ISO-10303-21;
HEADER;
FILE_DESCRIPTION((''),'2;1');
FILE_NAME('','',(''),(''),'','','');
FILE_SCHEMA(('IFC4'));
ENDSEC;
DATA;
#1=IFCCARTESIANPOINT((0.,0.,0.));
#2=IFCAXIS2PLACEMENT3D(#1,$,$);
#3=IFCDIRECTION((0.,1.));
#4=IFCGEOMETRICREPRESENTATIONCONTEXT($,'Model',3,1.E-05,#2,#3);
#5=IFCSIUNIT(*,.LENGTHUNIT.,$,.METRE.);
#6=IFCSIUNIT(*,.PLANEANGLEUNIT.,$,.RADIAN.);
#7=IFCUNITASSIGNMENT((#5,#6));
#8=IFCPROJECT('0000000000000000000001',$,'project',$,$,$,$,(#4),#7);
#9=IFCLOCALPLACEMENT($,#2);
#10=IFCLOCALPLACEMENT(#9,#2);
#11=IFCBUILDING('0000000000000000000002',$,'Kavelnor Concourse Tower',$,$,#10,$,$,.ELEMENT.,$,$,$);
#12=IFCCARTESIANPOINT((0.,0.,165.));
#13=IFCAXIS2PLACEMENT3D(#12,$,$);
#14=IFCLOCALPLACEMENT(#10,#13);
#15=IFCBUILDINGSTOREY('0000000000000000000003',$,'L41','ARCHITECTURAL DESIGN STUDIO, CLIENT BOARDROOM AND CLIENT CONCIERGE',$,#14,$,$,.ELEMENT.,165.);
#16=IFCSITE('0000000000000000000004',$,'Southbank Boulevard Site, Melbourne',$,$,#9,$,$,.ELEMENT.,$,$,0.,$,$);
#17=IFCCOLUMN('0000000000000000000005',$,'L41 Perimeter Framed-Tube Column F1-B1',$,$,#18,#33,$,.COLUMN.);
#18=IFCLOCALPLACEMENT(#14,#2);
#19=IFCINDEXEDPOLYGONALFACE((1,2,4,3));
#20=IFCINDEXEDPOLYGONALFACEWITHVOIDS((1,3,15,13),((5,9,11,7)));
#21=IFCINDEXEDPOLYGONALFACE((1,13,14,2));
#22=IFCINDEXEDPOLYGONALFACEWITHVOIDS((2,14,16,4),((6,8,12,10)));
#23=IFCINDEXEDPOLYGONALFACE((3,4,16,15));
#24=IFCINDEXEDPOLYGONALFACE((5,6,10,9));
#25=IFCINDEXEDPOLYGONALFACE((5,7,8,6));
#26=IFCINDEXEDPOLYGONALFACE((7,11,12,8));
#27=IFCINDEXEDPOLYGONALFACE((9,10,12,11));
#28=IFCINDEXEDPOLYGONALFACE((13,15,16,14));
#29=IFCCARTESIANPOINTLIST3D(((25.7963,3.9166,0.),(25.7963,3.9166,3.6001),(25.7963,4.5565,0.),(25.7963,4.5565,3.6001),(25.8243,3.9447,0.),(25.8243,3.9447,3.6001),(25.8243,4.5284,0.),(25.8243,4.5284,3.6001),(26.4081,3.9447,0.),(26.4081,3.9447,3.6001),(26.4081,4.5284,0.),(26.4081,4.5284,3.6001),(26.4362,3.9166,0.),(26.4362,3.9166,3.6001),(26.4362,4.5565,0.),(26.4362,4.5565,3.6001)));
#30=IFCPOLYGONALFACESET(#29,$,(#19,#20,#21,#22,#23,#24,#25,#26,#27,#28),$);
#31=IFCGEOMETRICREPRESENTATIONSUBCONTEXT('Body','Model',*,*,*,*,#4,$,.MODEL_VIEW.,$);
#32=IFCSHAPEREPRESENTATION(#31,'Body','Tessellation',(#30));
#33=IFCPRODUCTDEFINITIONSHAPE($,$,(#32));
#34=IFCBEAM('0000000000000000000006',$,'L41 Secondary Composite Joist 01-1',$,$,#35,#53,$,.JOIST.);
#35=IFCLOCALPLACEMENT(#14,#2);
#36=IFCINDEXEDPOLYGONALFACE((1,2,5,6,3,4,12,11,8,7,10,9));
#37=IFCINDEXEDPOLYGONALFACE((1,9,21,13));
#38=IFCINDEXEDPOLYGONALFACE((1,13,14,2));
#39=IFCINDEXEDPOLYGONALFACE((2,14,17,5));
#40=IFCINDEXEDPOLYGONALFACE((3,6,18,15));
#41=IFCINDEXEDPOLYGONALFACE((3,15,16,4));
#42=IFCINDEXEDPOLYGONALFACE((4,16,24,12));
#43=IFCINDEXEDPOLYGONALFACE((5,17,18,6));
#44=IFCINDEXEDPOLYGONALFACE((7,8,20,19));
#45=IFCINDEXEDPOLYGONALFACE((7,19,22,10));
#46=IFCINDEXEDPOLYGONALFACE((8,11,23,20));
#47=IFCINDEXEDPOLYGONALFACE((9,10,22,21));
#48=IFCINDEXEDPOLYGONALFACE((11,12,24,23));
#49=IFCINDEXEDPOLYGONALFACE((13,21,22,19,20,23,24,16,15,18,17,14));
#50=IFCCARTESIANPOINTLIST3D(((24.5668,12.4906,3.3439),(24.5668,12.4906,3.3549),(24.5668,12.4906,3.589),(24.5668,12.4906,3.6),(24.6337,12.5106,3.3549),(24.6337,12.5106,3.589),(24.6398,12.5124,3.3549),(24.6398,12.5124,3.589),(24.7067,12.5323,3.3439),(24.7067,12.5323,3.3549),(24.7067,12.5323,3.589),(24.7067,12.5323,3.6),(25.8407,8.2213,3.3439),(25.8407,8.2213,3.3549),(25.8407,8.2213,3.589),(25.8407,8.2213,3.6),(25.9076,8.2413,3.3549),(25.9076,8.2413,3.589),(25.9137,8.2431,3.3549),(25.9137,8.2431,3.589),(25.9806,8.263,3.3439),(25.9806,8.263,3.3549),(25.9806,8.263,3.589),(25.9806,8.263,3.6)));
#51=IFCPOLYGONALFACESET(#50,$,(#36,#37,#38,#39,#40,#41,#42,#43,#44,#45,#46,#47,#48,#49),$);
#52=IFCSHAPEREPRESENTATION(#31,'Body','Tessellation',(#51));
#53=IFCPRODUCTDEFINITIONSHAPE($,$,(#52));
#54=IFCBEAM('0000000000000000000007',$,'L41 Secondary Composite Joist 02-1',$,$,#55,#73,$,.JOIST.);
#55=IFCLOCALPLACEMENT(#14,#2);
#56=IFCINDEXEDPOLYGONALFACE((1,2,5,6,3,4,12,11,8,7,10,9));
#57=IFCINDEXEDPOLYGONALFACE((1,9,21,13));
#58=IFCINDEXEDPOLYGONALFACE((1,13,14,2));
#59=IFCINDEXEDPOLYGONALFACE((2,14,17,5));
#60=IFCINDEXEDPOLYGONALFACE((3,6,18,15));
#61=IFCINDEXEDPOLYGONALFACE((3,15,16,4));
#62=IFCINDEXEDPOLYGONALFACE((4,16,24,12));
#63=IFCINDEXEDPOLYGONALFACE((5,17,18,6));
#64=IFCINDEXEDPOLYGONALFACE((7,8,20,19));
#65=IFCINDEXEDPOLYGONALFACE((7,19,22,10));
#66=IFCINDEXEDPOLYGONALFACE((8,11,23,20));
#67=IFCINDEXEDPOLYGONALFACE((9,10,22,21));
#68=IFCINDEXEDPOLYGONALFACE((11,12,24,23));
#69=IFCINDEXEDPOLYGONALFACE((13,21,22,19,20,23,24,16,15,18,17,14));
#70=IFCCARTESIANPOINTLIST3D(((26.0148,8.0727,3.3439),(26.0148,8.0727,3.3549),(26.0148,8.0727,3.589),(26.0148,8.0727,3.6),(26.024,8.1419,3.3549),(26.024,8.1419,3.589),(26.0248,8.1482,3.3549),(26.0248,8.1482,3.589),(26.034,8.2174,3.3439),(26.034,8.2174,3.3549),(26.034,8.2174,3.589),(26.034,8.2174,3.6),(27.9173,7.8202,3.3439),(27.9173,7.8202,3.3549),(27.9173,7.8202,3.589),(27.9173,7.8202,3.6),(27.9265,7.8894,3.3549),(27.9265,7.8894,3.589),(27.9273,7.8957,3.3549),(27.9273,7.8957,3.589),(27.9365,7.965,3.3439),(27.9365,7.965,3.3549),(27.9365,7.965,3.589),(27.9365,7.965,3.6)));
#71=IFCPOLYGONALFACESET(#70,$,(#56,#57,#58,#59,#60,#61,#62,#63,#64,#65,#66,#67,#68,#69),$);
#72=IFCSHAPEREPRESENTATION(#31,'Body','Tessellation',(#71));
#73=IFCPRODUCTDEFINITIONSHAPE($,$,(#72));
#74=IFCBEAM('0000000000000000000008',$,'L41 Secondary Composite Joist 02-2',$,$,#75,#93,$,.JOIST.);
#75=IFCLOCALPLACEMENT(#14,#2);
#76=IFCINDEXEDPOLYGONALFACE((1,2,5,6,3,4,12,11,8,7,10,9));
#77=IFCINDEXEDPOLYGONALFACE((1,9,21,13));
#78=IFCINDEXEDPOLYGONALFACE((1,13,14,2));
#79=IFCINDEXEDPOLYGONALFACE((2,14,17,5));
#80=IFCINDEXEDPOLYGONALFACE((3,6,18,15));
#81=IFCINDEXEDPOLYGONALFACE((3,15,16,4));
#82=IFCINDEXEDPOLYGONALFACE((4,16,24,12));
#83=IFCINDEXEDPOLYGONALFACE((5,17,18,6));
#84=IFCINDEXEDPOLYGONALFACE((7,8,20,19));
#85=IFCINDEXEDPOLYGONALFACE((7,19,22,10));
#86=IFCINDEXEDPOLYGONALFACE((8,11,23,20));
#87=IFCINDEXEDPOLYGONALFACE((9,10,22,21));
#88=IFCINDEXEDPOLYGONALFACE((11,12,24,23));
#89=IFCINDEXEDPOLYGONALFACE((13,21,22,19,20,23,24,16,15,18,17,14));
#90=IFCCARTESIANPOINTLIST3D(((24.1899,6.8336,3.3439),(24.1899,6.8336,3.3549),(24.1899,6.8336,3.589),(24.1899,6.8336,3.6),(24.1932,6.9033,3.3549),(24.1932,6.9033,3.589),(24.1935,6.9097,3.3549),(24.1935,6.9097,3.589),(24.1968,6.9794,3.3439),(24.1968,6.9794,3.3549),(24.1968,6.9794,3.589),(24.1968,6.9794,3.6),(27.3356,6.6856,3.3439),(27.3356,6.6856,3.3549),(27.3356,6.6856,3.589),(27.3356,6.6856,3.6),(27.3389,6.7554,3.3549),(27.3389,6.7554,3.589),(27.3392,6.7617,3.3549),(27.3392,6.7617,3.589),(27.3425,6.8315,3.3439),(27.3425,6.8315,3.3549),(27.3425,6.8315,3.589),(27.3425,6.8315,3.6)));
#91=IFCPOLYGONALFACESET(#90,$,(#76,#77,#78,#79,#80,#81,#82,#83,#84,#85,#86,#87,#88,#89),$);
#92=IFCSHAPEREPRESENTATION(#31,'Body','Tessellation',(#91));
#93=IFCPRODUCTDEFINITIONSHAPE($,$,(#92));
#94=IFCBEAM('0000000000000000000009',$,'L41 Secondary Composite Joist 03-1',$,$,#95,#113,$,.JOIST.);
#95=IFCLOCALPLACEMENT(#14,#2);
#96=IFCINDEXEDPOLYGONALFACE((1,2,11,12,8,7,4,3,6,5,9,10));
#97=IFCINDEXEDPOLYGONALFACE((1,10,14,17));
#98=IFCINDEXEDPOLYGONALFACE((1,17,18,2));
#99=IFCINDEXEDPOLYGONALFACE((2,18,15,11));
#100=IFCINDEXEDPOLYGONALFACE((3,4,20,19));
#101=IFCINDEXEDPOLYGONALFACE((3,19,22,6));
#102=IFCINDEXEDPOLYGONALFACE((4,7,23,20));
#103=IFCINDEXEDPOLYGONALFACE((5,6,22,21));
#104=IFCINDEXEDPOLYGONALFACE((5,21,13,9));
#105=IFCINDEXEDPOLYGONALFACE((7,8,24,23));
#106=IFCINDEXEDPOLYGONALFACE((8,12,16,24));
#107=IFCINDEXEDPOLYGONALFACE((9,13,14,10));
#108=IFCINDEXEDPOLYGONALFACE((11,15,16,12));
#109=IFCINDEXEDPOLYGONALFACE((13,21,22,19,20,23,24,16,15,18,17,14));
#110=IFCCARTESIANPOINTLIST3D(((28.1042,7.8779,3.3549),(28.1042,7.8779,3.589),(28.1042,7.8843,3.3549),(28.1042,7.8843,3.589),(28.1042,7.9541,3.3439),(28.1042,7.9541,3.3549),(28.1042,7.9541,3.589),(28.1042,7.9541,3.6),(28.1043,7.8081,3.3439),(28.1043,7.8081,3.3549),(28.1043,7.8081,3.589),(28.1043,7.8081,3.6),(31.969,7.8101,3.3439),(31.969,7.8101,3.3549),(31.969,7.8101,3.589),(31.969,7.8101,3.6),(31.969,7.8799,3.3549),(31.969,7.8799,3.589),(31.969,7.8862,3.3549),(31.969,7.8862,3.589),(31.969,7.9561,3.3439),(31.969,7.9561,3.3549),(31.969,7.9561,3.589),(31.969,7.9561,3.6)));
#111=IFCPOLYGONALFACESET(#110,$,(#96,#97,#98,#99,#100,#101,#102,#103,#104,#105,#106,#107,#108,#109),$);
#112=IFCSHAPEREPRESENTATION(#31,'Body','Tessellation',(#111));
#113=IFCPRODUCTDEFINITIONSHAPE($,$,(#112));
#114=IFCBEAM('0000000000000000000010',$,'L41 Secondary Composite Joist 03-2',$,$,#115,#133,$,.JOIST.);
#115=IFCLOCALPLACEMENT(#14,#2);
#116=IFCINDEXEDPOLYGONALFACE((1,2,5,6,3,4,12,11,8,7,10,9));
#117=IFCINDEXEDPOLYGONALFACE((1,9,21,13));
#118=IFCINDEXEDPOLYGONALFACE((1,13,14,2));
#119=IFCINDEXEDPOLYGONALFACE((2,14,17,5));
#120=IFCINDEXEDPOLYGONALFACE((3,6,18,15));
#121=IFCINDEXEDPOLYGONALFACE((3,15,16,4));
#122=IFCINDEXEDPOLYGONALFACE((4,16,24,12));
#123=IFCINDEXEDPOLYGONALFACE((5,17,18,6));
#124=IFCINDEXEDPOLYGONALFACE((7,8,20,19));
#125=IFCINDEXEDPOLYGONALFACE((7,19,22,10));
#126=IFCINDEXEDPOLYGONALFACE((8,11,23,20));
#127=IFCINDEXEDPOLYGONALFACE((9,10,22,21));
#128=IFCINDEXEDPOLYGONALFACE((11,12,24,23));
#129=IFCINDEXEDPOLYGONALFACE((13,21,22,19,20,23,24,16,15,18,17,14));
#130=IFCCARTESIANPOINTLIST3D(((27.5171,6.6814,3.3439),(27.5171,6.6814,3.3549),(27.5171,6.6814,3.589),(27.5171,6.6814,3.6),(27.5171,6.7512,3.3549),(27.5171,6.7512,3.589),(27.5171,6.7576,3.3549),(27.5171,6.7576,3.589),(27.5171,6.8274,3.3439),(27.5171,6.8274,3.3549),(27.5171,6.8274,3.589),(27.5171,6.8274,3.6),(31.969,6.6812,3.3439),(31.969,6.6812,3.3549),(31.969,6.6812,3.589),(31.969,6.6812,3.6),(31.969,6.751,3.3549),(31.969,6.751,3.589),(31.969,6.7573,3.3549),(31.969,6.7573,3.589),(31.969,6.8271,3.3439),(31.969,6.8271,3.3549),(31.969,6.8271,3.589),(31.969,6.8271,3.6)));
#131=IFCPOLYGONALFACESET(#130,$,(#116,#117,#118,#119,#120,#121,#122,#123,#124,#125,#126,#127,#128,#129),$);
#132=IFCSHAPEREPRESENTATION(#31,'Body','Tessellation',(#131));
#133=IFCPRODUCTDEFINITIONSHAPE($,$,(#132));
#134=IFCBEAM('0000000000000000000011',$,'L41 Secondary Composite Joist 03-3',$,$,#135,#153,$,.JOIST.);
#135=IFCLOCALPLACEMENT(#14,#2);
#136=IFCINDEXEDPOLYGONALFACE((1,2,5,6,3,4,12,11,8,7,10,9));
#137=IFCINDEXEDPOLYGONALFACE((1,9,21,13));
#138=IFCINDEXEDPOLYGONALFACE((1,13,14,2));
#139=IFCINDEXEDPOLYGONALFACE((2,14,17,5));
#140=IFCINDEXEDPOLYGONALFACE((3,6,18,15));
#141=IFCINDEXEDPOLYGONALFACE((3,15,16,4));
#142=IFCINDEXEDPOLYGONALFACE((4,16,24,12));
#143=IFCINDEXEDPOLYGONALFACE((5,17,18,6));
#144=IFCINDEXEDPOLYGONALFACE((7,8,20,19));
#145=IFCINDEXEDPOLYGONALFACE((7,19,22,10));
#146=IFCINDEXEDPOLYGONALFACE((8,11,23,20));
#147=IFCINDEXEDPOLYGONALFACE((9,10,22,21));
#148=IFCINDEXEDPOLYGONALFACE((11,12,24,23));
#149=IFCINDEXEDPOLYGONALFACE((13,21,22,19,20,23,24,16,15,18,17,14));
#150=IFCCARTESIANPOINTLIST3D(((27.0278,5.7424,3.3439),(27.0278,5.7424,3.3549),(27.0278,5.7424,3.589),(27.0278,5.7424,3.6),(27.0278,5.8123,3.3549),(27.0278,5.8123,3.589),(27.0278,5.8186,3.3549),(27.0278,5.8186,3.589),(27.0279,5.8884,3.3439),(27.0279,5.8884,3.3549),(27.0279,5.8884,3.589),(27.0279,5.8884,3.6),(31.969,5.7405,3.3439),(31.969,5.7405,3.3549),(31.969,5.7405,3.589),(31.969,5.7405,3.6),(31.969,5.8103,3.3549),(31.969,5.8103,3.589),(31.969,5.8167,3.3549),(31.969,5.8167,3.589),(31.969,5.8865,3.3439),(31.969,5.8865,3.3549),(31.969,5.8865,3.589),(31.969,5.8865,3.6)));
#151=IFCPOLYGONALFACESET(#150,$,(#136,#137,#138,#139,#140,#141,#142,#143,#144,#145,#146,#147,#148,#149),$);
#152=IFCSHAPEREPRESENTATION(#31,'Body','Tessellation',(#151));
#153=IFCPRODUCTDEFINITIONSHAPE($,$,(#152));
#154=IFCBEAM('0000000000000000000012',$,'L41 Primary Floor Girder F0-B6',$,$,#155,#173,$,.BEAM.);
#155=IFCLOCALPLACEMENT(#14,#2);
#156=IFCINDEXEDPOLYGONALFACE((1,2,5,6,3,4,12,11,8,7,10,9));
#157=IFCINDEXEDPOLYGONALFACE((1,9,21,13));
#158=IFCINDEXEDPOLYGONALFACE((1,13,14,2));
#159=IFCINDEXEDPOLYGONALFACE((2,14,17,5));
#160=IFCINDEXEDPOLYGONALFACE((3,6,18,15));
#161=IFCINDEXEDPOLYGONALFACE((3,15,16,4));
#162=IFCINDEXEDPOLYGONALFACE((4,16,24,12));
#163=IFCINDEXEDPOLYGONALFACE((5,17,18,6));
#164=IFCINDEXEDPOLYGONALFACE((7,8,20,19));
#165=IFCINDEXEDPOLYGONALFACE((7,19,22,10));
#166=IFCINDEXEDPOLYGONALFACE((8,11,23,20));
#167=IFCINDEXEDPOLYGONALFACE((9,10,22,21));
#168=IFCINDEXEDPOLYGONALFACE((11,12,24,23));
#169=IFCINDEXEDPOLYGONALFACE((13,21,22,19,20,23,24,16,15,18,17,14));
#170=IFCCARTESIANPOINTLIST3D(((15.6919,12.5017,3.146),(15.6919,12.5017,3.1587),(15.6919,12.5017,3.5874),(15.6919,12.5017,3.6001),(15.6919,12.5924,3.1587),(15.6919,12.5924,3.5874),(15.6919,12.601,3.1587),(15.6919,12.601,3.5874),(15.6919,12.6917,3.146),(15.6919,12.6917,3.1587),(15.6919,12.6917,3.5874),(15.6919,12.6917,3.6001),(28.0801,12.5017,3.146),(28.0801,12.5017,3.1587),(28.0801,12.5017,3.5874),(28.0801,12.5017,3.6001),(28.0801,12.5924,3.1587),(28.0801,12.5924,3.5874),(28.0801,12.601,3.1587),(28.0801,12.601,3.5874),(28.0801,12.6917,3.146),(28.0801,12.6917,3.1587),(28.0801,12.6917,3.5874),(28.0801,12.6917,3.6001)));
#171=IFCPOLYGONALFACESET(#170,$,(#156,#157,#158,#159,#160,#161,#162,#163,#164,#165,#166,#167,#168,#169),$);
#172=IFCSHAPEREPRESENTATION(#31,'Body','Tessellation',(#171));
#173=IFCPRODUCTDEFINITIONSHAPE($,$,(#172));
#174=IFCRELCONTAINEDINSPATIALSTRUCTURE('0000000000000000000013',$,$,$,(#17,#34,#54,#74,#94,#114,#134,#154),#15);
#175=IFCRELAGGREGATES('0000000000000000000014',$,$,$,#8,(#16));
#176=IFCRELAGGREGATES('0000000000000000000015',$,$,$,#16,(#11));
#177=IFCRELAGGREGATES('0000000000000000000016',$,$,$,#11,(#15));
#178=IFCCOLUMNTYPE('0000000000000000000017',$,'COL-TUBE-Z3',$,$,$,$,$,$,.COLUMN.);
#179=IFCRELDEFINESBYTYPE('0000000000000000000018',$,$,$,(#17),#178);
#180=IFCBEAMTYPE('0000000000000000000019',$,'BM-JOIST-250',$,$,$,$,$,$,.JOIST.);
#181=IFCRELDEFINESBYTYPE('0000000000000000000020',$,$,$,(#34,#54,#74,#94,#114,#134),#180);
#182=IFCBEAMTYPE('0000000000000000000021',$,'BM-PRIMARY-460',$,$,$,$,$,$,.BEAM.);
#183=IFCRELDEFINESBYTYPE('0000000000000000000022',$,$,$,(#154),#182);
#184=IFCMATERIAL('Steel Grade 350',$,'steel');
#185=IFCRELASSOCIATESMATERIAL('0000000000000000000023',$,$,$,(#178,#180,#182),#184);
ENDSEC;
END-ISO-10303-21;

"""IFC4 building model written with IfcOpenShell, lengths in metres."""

from ifc_helpers import new_model, si_unit, direction, frame, origin, origin_2d, place, context, subcontext, project, spatial, hollow_rectangle, i_section, extrude, material, material_profile, profile_set, type_object, element, save


model = new_model("IFC4")

# Units and contexts
model_context = context("Model", 3, precision=1e-05, world=origin(), true_north=direction((0.0, 1.0)))
body_context = subcontext(model_context, "Body", "Model", "MODEL_VIEW")
ifc_project = project(units=[si_unit("LENGTHUNIT", "METRE"), si_unit("PLANEANGLEUNIT", "RADIAN")], contexts=[model_context])

# Site, building, storey
site_placement = place(None, origin())
site = spatial("IfcSite", under=ifc_project, at=site_placement, Name="Southbank Boulevard Site, Melbourne", CompositionType="ELEMENT", RefElevation=0.0)
building_placement = place(site_placement, origin())
building = spatial("IfcBuilding", under=site, at=building_placement, Name="Kavelnor Concourse Tower", CompositionType="ELEMENT")
storey_placement = place(building_placement, frame((0.0, 0.0, 165.0)))
storey = spatial("IfcBuildingStorey", under=building, at=storey_placement, Name="L41", Description="ARCHITECTURAL DESIGN STUDIO, CLIENT BOARDROOM AND CLIENT CONCIERGE", CompositionType="ELEMENT", Elevation=165.0)

# Column
ifc_material_1 = material(Name="Steel Grade 350", Category="steel")
ifc_material_profile_1 = material_profile(ifc_material_1, hollow_rectangle(XDim=0.6399, YDim=0.6399, WallThickness=0.0281, at=origin_2d()), Name="SHS 640x640x28")
ifc_profile_set_1 = profile_set([ifc_material_profile_1], Name="Steel Grade 350")
column_type = type_object("IfcColumnType", Name="COL-TUBE-Z3", PredefinedType="COLUMN", material=ifc_profile_set_1)
column_placement = place(storey_placement, frame((26.1162, 4.2366, 0.0), z_axis=(0.0, 0.0, 1.0), x_axis=(1.0, 0.0, 0.0)))
element("IfcColumn", 1, at=column_placement, inside=storey, type_object=column_type, Name="L41 Perimeter Framed-Tube Column F1-B1", PredefinedType="COLUMN", context=body_context, shape_type="SweptSolid", body=[
    extrude(hollow_rectangle(XDim=0.6399, YDim=0.6399, WallThickness=0.0281, at=origin_2d()), origin(), (0.0, 0.0, 1.0), 3.6001),
])

# Beams
ifc_material_profile_2 = material_profile(ifc_material_1, i_section(OverallWidth=0.146, OverallDepth=0.2561, WebThickness=0.0063, FlangeThickness=0.011, at=origin_2d()), Name="250UB37")
ifc_profile_set_2 = profile_set([ifc_material_profile_2], Name="Steel Grade 350")
beam_type_1 = type_object("IfcBeamType", Name="BM-JOIST-250", PredefinedType="JOIST", material=ifc_profile_set_2)
beam_1_placement = place(storey_placement, frame((24.6367, 12.5115, 3.4719), z_axis=(0.285935, -0.958249, 0.0), x_axis=(0.958249, 0.285935, 0.0)))
element("IfcBeam", 2, at=beam_1_placement, inside=storey, type_object=beam_type_1, Name="L41 Secondary Composite Joist 01-1", PredefinedType="JOIST", context=body_context, shape_type="SweptSolid", body=[
    extrude(i_section(OverallWidth=0.146, OverallDepth=0.2561, WebThickness=0.0063, FlangeThickness=0.011, at=origin_2d()), origin(), (0.0, 0.0, 1.0), 4.4553),
])
beam_2_placement = place(storey_placement, frame((26.0244, 8.145, 3.4719), z_axis=(0.991312, -0.13153, 0.0), x_axis=(0.13153, 0.991312, 0.0)))
element("IfcBeam", 3, at=beam_2_placement, inside=storey, type_object=beam_type_1, Name="L41 Secondary Composite Joist 02-1", PredefinedType="JOIST", context=body_context, shape_type="SweptSolid", body=[
    extrude(i_section(OverallWidth=0.146, OverallDepth=0.2561, WebThickness=0.0063, FlangeThickness=0.011, at=origin_2d()), origin(), (0.0, 0.0, 1.0), 1.9192),
])
beam_3_placement = place(storey_placement, frame((24.1934, 6.9065, 3.4719), z_axis=(0.998896, -0.04698, 0.0), x_axis=(0.04698, 0.998896, 0.0)))
element("IfcBeam", 4, at=beam_3_placement, inside=storey, type_object=beam_type_1, Name="L41 Secondary Composite Joist 02-2", PredefinedType="JOIST", context=body_context, shape_type="SweptSolid", body=[
    extrude(i_section(OverallWidth=0.146, OverallDepth=0.2561, WebThickness=0.0063, FlangeThickness=0.011, at=origin_2d()), origin(), (0.0, 0.0, 1.0), 3.1492),
])
beam_4_placement = place(storey_placement, frame((28.1042, 7.8811, 3.4719), z_axis=(1.0, 0.000505, 0.0), x_axis=(-0.000505, 1.0, 0.0)))
element("IfcBeam", 5, at=beam_4_placement, inside=storey, type_object=beam_type_1, Name="L41 Secondary Composite Joist 03-1", PredefinedType="JOIST", context=body_context, shape_type="SweptSolid", body=[
    extrude(i_section(OverallWidth=0.146, OverallDepth=0.2561, WebThickness=0.0063, FlangeThickness=0.011, at=origin_2d()), origin(), (0.0, 0.0, 1.0), 3.8647),
])
beam_5_placement = place(storey_placement, frame((27.5171, 6.7544, 3.4719), z_axis=(1.0, -0.000055, 0.0), x_axis=(0.000055, 1.0, 0.0)))
element("IfcBeam", 6, at=beam_5_placement, inside=storey, type_object=beam_type_1, Name="L41 Secondary Composite Joist 03-2", PredefinedType="JOIST", context=body_context, shape_type="SweptSolid", body=[
    extrude(i_section(OverallWidth=0.146, OverallDepth=0.2561, WebThickness=0.0063, FlangeThickness=0.011, at=origin_2d()), origin(), (0.0, 0.0, 1.0), 4.4519),
])
beam_6_placement = place(storey_placement, frame((27.0278, 5.8154, 3.4719), z_axis=(1.0, -0.000395, 0.0), x_axis=(0.000395, 1.0, 0.0)))
element("IfcBeam", 7, at=beam_6_placement, inside=storey, type_object=beam_type_1, Name="L41 Secondary Composite Joist 03-3", PredefinedType="JOIST", context=body_context, shape_type="SweptSolid", body=[
    extrude(i_section(OverallWidth=0.146, OverallDepth=0.2561, WebThickness=0.0063, FlangeThickness=0.011, at=origin_2d()), origin(), (0.0, 0.0, 1.0), 4.9412),
])
ifc_material_profile_3 = material_profile(ifc_material_1, i_section(OverallWidth=0.1899, OverallDepth=0.4541, WebThickness=0.0085, FlangeThickness=0.0127, at=origin_2d()), Name="460UB67")
ifc_profile_set_3 = profile_set([ifc_material_profile_3], Name="Steel Grade 350")
beam_type_2 = type_object("IfcBeamType", Name="BM-PRIMARY-460", PredefinedType="BEAM", material=ifc_profile_set_3)
beam_7_placement = place(storey_placement, frame((28.0801, 12.5967, 3.373), z_axis=(-1.0, 0.0, 0.0), x_axis=(0.0, -1.0, 0.0)))
element("IfcBeam", 8, at=beam_7_placement, inside=storey, type_object=beam_type_2, Name="L41 Primary Floor Girder F0-B6", PredefinedType="BEAM", context=body_context, shape_type="SweptSolid", body=[
    extrude(i_section(OverallWidth=0.1899, OverallDepth=0.4541, WebThickness=0.0085, FlangeThickness=0.0127, at=origin_2d()), origin(), (0.0, 0.0, 1.0), 12.3882),
])

save(model, "model.ifc")
